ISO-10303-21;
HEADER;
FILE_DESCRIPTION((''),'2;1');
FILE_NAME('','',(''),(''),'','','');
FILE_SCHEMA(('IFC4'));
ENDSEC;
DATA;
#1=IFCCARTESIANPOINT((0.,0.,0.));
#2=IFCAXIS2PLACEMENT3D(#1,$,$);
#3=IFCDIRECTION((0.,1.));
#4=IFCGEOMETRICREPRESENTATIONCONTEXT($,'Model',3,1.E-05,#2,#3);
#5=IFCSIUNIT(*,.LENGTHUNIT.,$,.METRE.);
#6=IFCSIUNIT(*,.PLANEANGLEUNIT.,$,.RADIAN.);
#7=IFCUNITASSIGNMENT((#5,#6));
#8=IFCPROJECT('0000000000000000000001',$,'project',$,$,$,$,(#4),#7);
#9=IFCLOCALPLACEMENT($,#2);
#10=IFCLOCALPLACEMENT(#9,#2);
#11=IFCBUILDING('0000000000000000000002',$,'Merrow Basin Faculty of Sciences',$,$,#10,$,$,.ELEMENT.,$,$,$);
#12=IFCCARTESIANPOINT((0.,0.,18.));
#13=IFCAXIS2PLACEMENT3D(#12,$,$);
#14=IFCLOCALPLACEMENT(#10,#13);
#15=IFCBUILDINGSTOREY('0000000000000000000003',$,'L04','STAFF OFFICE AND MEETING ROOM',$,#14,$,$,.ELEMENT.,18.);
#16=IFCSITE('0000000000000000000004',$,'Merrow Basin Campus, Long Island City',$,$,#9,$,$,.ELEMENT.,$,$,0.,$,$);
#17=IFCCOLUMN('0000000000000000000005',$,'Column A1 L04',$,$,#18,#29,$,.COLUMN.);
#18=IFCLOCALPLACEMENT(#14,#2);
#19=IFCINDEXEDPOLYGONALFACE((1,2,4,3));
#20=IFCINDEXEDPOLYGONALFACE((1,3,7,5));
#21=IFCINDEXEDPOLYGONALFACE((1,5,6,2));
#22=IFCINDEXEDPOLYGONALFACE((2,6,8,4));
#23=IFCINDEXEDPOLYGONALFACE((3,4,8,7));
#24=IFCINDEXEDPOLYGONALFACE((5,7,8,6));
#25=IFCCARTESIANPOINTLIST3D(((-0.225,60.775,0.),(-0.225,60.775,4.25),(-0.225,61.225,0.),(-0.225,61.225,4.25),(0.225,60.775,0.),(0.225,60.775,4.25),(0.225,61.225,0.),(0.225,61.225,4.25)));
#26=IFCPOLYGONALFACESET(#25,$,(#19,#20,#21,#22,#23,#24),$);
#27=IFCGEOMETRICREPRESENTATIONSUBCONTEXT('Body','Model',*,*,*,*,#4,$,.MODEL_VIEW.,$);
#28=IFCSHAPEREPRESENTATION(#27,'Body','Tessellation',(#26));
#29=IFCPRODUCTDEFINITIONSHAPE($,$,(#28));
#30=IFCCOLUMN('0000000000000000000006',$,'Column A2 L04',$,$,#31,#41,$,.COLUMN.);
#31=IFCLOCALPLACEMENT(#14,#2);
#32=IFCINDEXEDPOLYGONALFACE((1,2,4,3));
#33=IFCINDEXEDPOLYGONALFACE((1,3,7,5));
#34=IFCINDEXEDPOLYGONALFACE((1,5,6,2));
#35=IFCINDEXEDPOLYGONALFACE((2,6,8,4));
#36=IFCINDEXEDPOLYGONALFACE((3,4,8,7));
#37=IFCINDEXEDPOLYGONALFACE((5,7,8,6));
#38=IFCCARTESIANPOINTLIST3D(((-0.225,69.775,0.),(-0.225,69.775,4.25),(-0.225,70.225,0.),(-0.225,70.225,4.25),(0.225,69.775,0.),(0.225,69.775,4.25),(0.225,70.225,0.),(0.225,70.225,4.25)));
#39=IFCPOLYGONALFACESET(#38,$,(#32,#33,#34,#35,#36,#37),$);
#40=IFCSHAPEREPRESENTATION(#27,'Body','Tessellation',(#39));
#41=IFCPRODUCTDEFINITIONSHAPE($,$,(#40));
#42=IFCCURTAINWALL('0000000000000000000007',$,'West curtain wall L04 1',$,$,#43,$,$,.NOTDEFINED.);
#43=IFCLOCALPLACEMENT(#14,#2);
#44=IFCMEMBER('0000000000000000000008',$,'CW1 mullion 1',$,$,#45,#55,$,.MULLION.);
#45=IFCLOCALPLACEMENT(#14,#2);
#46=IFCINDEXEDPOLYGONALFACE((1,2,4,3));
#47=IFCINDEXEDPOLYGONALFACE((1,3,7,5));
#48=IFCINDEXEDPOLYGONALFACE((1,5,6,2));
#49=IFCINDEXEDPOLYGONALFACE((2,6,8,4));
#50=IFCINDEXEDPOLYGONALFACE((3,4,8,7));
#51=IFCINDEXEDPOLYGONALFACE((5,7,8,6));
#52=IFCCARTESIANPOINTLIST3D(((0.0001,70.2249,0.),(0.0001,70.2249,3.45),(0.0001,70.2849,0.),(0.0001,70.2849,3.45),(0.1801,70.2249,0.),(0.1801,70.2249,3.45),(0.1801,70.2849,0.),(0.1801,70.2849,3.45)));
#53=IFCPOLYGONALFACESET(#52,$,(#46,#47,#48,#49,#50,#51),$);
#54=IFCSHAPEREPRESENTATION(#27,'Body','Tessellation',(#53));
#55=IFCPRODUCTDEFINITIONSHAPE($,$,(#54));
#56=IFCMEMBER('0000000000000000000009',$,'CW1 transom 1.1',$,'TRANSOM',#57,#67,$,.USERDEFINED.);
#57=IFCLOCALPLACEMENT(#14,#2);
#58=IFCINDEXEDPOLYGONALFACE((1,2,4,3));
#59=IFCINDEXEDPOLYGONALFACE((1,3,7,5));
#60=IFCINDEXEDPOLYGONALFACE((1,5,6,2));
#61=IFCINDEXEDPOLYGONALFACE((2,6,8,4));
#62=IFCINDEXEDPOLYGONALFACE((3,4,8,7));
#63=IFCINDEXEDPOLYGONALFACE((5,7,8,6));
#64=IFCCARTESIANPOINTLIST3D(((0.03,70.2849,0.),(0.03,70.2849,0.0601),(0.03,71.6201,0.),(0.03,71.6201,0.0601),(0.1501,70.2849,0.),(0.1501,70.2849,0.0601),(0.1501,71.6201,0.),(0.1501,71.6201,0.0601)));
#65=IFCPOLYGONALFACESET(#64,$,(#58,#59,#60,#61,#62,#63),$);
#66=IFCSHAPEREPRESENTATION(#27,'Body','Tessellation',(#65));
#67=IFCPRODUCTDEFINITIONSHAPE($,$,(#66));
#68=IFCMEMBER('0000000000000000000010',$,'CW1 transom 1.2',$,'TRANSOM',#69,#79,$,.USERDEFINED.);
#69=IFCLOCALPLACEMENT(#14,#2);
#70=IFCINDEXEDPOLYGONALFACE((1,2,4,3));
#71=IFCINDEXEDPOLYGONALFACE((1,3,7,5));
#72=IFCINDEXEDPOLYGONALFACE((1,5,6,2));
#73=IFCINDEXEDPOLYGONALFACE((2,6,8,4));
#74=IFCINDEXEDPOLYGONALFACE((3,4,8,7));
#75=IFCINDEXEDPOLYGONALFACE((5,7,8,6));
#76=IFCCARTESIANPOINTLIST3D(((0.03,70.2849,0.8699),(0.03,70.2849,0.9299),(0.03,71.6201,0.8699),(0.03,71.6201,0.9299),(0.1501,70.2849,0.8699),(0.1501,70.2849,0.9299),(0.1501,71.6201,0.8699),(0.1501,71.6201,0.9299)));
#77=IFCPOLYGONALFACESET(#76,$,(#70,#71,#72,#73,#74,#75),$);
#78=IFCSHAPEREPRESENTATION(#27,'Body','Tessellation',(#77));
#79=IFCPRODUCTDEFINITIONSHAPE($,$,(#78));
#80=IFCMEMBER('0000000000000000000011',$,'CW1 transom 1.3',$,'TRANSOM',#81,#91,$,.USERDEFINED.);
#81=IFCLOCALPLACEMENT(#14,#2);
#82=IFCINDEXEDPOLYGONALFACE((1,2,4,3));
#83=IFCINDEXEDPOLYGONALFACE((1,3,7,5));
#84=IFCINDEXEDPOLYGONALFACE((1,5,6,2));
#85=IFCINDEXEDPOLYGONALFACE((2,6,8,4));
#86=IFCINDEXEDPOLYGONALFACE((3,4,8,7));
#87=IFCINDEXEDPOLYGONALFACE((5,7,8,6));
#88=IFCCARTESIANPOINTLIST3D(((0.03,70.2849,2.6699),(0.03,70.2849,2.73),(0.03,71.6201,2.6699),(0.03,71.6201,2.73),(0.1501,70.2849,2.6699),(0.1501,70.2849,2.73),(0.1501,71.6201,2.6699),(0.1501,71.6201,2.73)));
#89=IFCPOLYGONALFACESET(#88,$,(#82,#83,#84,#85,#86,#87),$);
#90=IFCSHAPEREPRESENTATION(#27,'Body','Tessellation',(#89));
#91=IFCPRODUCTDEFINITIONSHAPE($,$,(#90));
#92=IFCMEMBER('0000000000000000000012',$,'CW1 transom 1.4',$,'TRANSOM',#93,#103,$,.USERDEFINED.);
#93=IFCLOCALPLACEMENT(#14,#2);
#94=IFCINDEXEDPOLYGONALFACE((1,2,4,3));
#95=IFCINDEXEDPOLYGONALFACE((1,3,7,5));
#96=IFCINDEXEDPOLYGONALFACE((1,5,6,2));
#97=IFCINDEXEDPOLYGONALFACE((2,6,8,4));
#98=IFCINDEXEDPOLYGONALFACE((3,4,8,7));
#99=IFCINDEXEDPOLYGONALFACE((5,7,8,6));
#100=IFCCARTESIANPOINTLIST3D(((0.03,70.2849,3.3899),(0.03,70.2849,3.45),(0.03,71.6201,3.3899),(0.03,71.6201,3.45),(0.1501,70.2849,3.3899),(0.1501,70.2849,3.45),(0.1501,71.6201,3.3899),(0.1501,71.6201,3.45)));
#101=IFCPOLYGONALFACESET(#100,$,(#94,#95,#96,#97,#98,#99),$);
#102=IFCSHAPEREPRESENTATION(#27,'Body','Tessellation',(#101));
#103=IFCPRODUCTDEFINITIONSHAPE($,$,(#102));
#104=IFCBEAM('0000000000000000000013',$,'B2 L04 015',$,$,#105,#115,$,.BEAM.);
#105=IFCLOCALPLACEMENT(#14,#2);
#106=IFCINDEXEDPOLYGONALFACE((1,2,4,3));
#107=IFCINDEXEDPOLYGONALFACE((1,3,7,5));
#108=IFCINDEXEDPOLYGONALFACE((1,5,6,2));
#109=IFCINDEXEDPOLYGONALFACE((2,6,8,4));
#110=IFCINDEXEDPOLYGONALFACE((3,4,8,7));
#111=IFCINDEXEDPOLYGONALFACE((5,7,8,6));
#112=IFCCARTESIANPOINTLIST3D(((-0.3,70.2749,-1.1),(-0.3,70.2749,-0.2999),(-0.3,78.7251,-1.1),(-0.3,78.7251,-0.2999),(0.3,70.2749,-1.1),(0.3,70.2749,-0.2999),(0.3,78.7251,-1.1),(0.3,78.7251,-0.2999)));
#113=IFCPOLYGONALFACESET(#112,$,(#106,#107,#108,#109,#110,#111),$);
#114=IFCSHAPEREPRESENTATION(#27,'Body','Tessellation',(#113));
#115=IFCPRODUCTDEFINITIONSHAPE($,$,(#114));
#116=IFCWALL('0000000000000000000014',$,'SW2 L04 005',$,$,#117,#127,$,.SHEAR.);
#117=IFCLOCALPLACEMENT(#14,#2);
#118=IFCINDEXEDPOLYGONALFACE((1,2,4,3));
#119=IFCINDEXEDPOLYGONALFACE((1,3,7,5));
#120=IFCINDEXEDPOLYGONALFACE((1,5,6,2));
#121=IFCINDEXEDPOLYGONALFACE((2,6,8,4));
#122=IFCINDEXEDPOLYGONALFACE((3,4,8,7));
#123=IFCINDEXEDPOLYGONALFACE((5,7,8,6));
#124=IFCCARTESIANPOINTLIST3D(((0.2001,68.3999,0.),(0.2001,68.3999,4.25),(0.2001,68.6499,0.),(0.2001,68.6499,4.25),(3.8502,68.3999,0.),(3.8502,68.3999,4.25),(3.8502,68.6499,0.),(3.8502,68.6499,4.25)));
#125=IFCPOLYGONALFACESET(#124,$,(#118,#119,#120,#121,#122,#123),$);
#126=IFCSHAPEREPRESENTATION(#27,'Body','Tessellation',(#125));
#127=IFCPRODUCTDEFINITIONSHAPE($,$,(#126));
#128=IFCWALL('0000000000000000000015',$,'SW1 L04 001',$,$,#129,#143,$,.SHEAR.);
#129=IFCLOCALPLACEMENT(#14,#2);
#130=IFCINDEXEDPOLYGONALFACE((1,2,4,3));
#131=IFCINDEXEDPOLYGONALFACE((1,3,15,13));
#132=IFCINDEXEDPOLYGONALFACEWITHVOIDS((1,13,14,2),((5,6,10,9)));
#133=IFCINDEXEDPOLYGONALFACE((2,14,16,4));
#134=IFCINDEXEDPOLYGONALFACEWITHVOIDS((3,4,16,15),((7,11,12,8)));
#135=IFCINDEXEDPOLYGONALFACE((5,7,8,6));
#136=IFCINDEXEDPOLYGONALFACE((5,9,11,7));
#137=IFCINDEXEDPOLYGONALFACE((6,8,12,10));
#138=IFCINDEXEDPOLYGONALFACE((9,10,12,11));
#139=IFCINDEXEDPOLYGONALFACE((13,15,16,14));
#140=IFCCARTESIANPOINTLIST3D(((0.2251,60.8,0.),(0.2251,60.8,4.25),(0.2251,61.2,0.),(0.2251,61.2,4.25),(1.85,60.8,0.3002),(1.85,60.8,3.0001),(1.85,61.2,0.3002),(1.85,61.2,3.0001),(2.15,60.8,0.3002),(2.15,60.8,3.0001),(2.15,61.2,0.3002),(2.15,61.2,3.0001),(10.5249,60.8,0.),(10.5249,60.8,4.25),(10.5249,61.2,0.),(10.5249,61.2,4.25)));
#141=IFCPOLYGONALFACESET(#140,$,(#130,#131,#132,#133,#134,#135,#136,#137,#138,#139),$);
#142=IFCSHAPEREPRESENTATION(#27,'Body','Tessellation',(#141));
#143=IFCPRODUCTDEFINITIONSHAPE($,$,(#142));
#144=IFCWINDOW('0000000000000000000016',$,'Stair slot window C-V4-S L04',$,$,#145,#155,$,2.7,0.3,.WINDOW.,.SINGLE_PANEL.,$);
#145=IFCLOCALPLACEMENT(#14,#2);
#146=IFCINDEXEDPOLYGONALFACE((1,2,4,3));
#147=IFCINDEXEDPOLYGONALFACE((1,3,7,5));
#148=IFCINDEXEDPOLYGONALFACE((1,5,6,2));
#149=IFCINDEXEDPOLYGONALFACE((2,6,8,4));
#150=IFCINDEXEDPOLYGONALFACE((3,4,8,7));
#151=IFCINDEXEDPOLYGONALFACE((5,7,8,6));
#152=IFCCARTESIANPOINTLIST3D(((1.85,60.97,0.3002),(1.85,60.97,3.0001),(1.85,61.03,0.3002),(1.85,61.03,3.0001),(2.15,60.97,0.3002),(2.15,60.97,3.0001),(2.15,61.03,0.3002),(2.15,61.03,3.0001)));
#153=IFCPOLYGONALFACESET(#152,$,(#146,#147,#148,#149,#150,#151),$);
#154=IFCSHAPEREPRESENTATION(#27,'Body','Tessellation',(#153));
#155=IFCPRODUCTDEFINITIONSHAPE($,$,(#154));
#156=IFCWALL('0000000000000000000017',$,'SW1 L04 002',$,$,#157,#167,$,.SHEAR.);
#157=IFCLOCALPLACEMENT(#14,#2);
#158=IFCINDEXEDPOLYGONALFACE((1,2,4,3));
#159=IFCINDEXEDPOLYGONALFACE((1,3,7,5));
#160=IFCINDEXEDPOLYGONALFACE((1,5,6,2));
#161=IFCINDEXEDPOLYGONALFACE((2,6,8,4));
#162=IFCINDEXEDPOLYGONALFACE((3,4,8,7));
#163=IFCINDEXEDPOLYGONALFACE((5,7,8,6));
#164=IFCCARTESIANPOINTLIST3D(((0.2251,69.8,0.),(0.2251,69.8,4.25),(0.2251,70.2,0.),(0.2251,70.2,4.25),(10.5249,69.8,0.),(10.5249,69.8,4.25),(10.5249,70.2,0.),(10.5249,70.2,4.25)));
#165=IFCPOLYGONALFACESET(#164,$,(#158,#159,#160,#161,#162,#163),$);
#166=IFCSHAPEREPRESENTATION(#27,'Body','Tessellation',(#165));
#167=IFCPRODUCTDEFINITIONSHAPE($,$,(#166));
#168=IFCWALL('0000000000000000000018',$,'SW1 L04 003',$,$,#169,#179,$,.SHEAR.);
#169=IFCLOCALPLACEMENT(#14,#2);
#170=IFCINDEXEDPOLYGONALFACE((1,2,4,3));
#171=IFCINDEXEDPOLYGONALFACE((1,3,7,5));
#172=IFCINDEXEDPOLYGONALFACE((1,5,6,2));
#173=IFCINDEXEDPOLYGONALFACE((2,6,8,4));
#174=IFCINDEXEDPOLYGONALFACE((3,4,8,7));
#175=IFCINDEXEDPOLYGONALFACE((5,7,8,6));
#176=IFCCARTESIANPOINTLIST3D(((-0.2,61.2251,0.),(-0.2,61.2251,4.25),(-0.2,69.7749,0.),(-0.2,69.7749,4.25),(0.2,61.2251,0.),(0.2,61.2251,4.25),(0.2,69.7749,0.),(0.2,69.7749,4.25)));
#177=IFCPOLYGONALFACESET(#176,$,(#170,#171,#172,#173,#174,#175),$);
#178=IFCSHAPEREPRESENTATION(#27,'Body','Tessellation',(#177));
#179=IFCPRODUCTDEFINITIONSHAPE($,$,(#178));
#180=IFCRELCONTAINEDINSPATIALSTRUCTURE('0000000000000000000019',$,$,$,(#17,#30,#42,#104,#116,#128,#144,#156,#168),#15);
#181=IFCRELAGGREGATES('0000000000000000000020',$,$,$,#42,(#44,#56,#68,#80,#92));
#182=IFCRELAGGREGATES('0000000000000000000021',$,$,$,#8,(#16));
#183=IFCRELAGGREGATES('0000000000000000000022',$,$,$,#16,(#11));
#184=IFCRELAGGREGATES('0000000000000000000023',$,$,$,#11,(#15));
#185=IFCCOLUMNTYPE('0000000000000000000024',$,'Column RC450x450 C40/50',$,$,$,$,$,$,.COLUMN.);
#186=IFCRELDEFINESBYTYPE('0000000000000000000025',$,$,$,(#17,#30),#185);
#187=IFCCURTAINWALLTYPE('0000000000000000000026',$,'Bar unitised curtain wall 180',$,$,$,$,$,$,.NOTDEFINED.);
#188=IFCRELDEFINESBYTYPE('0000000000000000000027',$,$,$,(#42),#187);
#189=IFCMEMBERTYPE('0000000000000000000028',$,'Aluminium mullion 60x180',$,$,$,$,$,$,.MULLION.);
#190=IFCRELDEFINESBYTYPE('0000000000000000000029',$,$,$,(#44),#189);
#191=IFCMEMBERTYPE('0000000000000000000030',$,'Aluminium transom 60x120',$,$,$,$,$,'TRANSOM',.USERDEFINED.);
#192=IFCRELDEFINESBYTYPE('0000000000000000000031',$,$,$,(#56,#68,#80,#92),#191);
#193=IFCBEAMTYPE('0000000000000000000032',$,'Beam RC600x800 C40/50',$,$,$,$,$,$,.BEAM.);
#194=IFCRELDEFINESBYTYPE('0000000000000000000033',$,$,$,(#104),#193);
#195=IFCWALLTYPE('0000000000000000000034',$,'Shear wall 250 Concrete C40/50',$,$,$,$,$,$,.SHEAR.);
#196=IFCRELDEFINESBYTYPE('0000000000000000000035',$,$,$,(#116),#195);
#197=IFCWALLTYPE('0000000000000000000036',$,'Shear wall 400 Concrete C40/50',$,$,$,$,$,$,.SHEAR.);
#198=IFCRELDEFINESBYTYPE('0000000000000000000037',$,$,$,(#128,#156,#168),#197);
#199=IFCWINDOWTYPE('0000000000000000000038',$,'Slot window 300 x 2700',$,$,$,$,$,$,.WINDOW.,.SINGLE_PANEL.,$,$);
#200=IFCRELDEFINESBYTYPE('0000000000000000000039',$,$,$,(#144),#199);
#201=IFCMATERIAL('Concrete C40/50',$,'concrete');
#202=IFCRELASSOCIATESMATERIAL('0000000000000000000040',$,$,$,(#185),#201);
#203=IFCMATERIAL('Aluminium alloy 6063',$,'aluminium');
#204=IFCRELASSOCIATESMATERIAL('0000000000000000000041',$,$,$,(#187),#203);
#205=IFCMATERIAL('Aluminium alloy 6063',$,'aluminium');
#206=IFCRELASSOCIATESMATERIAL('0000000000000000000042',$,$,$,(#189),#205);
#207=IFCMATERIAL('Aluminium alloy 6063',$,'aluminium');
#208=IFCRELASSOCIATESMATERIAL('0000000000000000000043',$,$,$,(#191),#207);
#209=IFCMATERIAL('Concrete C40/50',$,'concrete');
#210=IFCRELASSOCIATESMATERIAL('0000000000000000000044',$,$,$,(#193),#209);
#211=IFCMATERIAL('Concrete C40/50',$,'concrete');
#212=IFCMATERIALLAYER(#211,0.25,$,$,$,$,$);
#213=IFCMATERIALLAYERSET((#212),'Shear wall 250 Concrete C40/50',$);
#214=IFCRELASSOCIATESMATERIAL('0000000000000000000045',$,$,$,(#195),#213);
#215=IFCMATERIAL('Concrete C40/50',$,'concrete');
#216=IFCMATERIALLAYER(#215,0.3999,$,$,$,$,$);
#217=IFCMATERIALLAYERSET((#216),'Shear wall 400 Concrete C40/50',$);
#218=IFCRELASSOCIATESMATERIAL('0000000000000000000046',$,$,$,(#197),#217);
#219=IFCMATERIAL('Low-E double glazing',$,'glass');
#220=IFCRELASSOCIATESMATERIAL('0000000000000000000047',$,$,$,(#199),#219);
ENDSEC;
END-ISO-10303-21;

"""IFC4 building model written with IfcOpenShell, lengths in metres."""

from ifc_helpers import new_model, si_unit, direction, frame, frame_2d, origin, origin_2d, place, context, subcontext, project, spatial, rectangle, extrude, material, layer, layer_set, material_profile, profile_set, type_object, element, fill, aggregate, save


model = new_model("IFC4")

# Units and contexts
model_context = context("Model", 3, precision=1e-05, world=origin(), true_north=direction((0.0, 1.0)))
body_context = subcontext(model_context, "Body", "Model", "MODEL_VIEW")
ifc_project = project(units=[si_unit("LENGTHUNIT", "METRE"), si_unit("PLANEANGLEUNIT", "RADIAN")], contexts=[model_context])

# Site, building, storey
site_placement = place(None, origin())
site = spatial("IfcSite", under=ifc_project, at=site_placement, Name="Merrow Basin Campus, Long Island City", CompositionType="ELEMENT", RefElevation=0.0)
building_placement = place(site_placement, origin())
building = spatial("IfcBuilding", under=site, at=building_placement, Name="Merrow Basin Faculty of Sciences", CompositionType="ELEMENT")
storey_placement = place(building_placement, frame((0.0, 0.0, 18.0)))
storey = spatial("IfcBuildingStorey", under=building, at=storey_placement, Name="L04", Description="STAFF OFFICE AND MEETING ROOM", CompositionType="ELEMENT", Elevation=18.0)

# Columns
ifc_material_1 = material(Name="Concrete C40/50", Category="concrete")
ifc_material_profile_1 = material_profile(ifc_material_1, rectangle(XDim=0.45, YDim=0.45, at=origin_2d()))
ifc_profile_set_1 = profile_set([ifc_material_profile_1], Name="Concrete C40/50")
column_type = type_object("IfcColumnType", Name="Column RC450x450 C40/50", PredefinedType="COLUMN", material=ifc_profile_set_1)
for number, where, z_axis, x_axis, name in (
    (1, (0.0, 61.0, 0.0), (0.0, 0.0, 1.0), (1.0, 0.0, 0.0), "Column A1 L04"),
    (2, (0.0, 70.0, 0.0), (0.0, 0.0, 1.0), (1.0, 0.0, 0.0), "Column A2 L04"),
):
    element("IfcColumn", number, at=place(storey_placement, frame(where, z_axis=z_axis, x_axis=x_axis)), inside=storey, type_object=column_type, Name=name, PredefinedType="COLUMN", context=body_context, shape_type="SweptSolid", body=[
        extrude(rectangle(XDim=0.45, YDim=0.45, at=origin_2d()), origin(), (0.0, 0.0, 1.0), 4.25),
    ])

# Curtain wall, members
ifc_material_2 = material(Name="Aluminium alloy 6063", Category="aluminium")
curtain_wall_type = type_object("IfcCurtainWallType", Name="Bar unitised curtain wall 180", PredefinedType="NOTDEFINED", material=ifc_material_2)
curtain_wall_placement = place(storey_placement, origin())
curtain_wall = element("IfcCurtainWall", 3, at=curtain_wall_placement, inside=storey, type_object=curtain_wall_type, Name="West curtain wall L04 1", PredefinedType="NOTDEFINED")
ifc_material_3 = material(Name="Aluminium alloy 6063", Category="aluminium")
ifc_material_profile_2 = material_profile(ifc_material_3, rectangle(XDim=0.1799, YDim=0.0601, at=origin_2d()))
ifc_profile_set_2 = profile_set([ifc_material_profile_2], Name="Aluminium alloy 6063")
member_type_1 = type_object("IfcMemberType", Name="Aluminium mullion 60x180", PredefinedType="MULLION", material=ifc_profile_set_2)
member_1_placement = place(storey_placement, frame((0.0901, 70.2549, 0.0), z_axis=(0.0, 0.0, 1.0), x_axis=(-1.0, 0.0, 0.0)))
member_1 = element("IfcMember", 4, at=member_1_placement, type_object=member_type_1, Name="CW1 mullion 1", PredefinedType="MULLION", context=body_context, shape_type="SweptSolid", body=[
    extrude(rectangle(XDim=0.1799, YDim=0.0601, at=origin_2d()), origin(), (0.0, 0.0, 1.0), 3.45),
])
ifc_material_4 = material(Name="Aluminium alloy 6063", Category="aluminium")
ifc_material_profile_3 = material_profile(ifc_material_4, rectangle(XDim=0.1201, YDim=0.0601, at=origin_2d()))
ifc_profile_set_3 = profile_set([ifc_material_profile_3], Name="Aluminium alloy 6063")
member_type_2 = type_object("IfcMemberType", Name="Aluminium transom 60x120", ElementType="TRANSOM", PredefinedType="USERDEFINED", material=ifc_profile_set_3)
member_2_placement = place(storey_placement, frame((0.0901, 70.2849, 0.03), z_axis=(0.0, 1.0, 0.0), x_axis=(-1.0, 0.0, 0.0)))
member_2 = element("IfcMember", 5, at=member_2_placement, type_object=member_type_2, Name="CW1 transom 1.1", ObjectType="TRANSOM", PredefinedType="USERDEFINED", context=body_context, shape_type="SweptSolid", body=[
    extrude(rectangle(XDim=0.1201, YDim=0.0601, at=origin_2d()), origin(), (0.0, 0.0, 1.0), 1.3352),
])
member_3_placement = place(storey_placement, frame((0.0901, 70.2849, 0.8999), z_axis=(0.0, 1.0, 0.0), x_axis=(-1.0, 0.0, 0.0)))
member_3 = element("IfcMember", 6, at=member_3_placement, type_object=member_type_2, Name="CW1 transom 1.2", ObjectType="TRANSOM", PredefinedType="USERDEFINED", context=body_context, shape_type="SweptSolid", body=[
    extrude(rectangle(XDim=0.1201, YDim=0.0601, at=origin_2d()), origin(), (0.0, 0.0, 1.0), 1.3352),
])
member_4_placement = place(storey_placement, frame((0.0901, 70.2849, 2.7), z_axis=(0.0, 1.0, 0.0), x_axis=(-1.0, 0.0, 0.0)))
member_4 = element("IfcMember", 7, at=member_4_placement, type_object=member_type_2, Name="CW1 transom 1.3", ObjectType="TRANSOM", PredefinedType="USERDEFINED", context=body_context, shape_type="SweptSolid", body=[
    extrude(rectangle(XDim=0.1201, YDim=0.0601, at=origin_2d()), origin(), (0.0, 0.0, 1.0), 1.3352),
])
member_5_placement = place(storey_placement, frame((0.0901, 70.2849, 3.4199), z_axis=(0.0, 1.0, 0.0), x_axis=(-1.0, 0.0, 0.0)))
member_5 = element("IfcMember", 8, at=member_5_placement, type_object=member_type_2, Name="CW1 transom 1.4", ObjectType="TRANSOM", PredefinedType="USERDEFINED", context=body_context, shape_type="SweptSolid", body=[
    extrude(rectangle(XDim=0.1201, YDim=0.0601, at=origin_2d()), origin(), (0.0, 0.0, 1.0), 1.3352),
])
aggregate(curtain_wall, [member_1, member_2, member_3, member_4, member_5])

# Beam
ifc_material_5 = material(Name="Concrete C40/50", Category="concrete")
ifc_material_profile_4 = material_profile(ifc_material_5, rectangle(XDim=0.6001, YDim=0.8, at=origin_2d()))
ifc_profile_set_4 = profile_set([ifc_material_profile_4], Name="Concrete C40/50")
beam_type = type_object("IfcBeamType", Name="Beam RC600x800 C40/50", PredefinedType="BEAM", material=ifc_profile_set_4)
beam_placement = place(storey_placement, frame((0.0, 70.2749, -0.7), z_axis=(0.0, 1.0, 0.0), x_axis=(-1.0, 0.0, 0.0)))
element("IfcBeam", 9, at=beam_placement, inside=storey, type_object=beam_type, Name="B2 L04 015", PredefinedType="BEAM", context=body_context, shape_type="SweptSolid", body=[
    extrude(rectangle(XDim=0.6001, YDim=0.8, at=origin_2d()), origin(), (0.0, 0.0, 1.0), 8.4502),
])

# Wall
ifc_material_6 = material(Name="Concrete C40/50", Category="concrete")
ifc_layer_1 = layer(ifc_material_6, 0.25)
ifc_layer_set_1 = layer_set([ifc_layer_1], Name="Shear wall 250 Concrete C40/50")
wall_type_1 = type_object("IfcWallType", Name="Shear wall 250 Concrete C40/50", PredefinedType="SHEAR", material=ifc_layer_set_1)
wall_1_placement = place(storey_placement, frame((0.2, 68.5249, 0.0), z_axis=(0.0, 0.0, 1.0), x_axis=(1.0, 0.0, 0.0)))
element("IfcWall", 10, at=wall_1_placement, inside=storey, type_object=wall_type_1, Name="SW2 L04 005", PredefinedType="SHEAR", context=body_context, shape_type="SweptSolid", body=[
    extrude(rectangle(XDim=3.6501, YDim=0.25, at=frame_2d((1.8252, 0.0))), origin(), (0.0, 0.0, 1.0), 4.25),
])

# Wall, opening, window
ifc_material_7 = material(Name="Concrete C40/50", Category="concrete")
ifc_layer_2 = layer(ifc_material_7, 0.3999)
ifc_layer_set_2 = layer_set([ifc_layer_2], Name="Shear wall 400 Concrete C40/50")
wall_type_2 = type_object("IfcWallType", Name="Shear wall 400 Concrete C40/50", PredefinedType="SHEAR", material=ifc_layer_set_2)
wall_2_placement = place(storey_placement, frame((0.2251, 61.0, 0.0), z_axis=(0.0, 0.0, 1.0), x_axis=(1.0, 0.0, 0.0)))
wall_2 = element("IfcWall", 11, at=wall_2_placement, inside=storey, type_object=wall_type_2, Name="SW1 L04 001", PredefinedType="SHEAR", context=body_context, shape_type="SweptSolid", body=[
    extrude(rectangle(XDim=10.2998, YDim=0.3999, at=frame_2d((5.1499, 0.0))), origin(), (0.0, 0.0, 1.0), 4.25),
])
opening_placement = place(wall_2_placement, frame((1.625, 0.0, 0.3)))
opening = element("IfcOpeningElement", 12, at=opening_placement, cuts=wall_2, PredefinedType="OPENING", context=body_context, shape_type="SweptSolid", body=[
    extrude(rectangle(XDim=0.3, YDim=2.7, at=frame_2d((0.1499, 1.3501))), frame((0.0, 0.21, 0.0), z_axis=(0.0, -1.0, 0.0), x_axis=(1.0, 0.0, 0.0)), (0.0, 0.0, 1.0), 0.4199),
])
ifc_material_8 = material(Name="Low-E double glazing", Category="glass")
window_type = type_object("IfcWindowType", Name="Slot window 300 x 2700", PartitioningType="SINGLE_PANEL", PredefinedType="WINDOW", material=ifc_material_8)
window_placement = place(opening_placement, origin())
window = element("IfcWindow", 13, at=window_placement, inside=storey, type_object=window_type, Name="Stair slot window C-V4-S L04", OverallHeight=2.7, OverallWidth=0.3, PartitioningType="SINGLE_PANEL", PredefinedType="WINDOW", context=body_context, shape_type="SweptSolid", body=[
    extrude(rectangle(XDim=0.3, YDim=2.7, at=frame_2d((0.1499, 1.3501))), frame((0.0, 0.03, 0.0), z_axis=(0.0, -1.0, 0.0), x_axis=(1.0, 0.0, 0.0)), (0.0, 0.0, 1.0), 0.0601),
])
fill(opening, window)

# Walls
wall_3_placement = place(storey_placement, frame((0.2251, 70.0, 0.0), z_axis=(0.0, 0.0, 1.0), x_axis=(1.0, 0.0, 0.0)))
element("IfcWall", 14, at=wall_3_placement, inside=storey, type_object=wall_type_2, Name="SW1 L04 002", PredefinedType="SHEAR", context=body_context, shape_type="SweptSolid", body=[
    extrude(rectangle(XDim=10.2998, YDim=0.3999, at=frame_2d((5.1499, 0.0))), origin(), (0.0, 0.0, 1.0), 4.25),
])
wall_4_placement = place(storey_placement, frame((0.0, 61.2251, 0.0), z_axis=(0.0, 0.0, 1.0), x_axis=(0.0, 1.0, 0.0)))
element("IfcWall", 15, at=wall_4_placement, inside=storey, type_object=wall_type_2, Name="SW1 L04 003", PredefinedType="SHEAR", context=body_context, shape_type="SweptSolid", body=[
    extrude(rectangle(XDim=8.5498, YDim=0.3999, at=frame_2d((4.2749, 0.0))), origin(), (0.0, 0.0, 1.0), 4.25),
])

save(model, "model.ifc")
